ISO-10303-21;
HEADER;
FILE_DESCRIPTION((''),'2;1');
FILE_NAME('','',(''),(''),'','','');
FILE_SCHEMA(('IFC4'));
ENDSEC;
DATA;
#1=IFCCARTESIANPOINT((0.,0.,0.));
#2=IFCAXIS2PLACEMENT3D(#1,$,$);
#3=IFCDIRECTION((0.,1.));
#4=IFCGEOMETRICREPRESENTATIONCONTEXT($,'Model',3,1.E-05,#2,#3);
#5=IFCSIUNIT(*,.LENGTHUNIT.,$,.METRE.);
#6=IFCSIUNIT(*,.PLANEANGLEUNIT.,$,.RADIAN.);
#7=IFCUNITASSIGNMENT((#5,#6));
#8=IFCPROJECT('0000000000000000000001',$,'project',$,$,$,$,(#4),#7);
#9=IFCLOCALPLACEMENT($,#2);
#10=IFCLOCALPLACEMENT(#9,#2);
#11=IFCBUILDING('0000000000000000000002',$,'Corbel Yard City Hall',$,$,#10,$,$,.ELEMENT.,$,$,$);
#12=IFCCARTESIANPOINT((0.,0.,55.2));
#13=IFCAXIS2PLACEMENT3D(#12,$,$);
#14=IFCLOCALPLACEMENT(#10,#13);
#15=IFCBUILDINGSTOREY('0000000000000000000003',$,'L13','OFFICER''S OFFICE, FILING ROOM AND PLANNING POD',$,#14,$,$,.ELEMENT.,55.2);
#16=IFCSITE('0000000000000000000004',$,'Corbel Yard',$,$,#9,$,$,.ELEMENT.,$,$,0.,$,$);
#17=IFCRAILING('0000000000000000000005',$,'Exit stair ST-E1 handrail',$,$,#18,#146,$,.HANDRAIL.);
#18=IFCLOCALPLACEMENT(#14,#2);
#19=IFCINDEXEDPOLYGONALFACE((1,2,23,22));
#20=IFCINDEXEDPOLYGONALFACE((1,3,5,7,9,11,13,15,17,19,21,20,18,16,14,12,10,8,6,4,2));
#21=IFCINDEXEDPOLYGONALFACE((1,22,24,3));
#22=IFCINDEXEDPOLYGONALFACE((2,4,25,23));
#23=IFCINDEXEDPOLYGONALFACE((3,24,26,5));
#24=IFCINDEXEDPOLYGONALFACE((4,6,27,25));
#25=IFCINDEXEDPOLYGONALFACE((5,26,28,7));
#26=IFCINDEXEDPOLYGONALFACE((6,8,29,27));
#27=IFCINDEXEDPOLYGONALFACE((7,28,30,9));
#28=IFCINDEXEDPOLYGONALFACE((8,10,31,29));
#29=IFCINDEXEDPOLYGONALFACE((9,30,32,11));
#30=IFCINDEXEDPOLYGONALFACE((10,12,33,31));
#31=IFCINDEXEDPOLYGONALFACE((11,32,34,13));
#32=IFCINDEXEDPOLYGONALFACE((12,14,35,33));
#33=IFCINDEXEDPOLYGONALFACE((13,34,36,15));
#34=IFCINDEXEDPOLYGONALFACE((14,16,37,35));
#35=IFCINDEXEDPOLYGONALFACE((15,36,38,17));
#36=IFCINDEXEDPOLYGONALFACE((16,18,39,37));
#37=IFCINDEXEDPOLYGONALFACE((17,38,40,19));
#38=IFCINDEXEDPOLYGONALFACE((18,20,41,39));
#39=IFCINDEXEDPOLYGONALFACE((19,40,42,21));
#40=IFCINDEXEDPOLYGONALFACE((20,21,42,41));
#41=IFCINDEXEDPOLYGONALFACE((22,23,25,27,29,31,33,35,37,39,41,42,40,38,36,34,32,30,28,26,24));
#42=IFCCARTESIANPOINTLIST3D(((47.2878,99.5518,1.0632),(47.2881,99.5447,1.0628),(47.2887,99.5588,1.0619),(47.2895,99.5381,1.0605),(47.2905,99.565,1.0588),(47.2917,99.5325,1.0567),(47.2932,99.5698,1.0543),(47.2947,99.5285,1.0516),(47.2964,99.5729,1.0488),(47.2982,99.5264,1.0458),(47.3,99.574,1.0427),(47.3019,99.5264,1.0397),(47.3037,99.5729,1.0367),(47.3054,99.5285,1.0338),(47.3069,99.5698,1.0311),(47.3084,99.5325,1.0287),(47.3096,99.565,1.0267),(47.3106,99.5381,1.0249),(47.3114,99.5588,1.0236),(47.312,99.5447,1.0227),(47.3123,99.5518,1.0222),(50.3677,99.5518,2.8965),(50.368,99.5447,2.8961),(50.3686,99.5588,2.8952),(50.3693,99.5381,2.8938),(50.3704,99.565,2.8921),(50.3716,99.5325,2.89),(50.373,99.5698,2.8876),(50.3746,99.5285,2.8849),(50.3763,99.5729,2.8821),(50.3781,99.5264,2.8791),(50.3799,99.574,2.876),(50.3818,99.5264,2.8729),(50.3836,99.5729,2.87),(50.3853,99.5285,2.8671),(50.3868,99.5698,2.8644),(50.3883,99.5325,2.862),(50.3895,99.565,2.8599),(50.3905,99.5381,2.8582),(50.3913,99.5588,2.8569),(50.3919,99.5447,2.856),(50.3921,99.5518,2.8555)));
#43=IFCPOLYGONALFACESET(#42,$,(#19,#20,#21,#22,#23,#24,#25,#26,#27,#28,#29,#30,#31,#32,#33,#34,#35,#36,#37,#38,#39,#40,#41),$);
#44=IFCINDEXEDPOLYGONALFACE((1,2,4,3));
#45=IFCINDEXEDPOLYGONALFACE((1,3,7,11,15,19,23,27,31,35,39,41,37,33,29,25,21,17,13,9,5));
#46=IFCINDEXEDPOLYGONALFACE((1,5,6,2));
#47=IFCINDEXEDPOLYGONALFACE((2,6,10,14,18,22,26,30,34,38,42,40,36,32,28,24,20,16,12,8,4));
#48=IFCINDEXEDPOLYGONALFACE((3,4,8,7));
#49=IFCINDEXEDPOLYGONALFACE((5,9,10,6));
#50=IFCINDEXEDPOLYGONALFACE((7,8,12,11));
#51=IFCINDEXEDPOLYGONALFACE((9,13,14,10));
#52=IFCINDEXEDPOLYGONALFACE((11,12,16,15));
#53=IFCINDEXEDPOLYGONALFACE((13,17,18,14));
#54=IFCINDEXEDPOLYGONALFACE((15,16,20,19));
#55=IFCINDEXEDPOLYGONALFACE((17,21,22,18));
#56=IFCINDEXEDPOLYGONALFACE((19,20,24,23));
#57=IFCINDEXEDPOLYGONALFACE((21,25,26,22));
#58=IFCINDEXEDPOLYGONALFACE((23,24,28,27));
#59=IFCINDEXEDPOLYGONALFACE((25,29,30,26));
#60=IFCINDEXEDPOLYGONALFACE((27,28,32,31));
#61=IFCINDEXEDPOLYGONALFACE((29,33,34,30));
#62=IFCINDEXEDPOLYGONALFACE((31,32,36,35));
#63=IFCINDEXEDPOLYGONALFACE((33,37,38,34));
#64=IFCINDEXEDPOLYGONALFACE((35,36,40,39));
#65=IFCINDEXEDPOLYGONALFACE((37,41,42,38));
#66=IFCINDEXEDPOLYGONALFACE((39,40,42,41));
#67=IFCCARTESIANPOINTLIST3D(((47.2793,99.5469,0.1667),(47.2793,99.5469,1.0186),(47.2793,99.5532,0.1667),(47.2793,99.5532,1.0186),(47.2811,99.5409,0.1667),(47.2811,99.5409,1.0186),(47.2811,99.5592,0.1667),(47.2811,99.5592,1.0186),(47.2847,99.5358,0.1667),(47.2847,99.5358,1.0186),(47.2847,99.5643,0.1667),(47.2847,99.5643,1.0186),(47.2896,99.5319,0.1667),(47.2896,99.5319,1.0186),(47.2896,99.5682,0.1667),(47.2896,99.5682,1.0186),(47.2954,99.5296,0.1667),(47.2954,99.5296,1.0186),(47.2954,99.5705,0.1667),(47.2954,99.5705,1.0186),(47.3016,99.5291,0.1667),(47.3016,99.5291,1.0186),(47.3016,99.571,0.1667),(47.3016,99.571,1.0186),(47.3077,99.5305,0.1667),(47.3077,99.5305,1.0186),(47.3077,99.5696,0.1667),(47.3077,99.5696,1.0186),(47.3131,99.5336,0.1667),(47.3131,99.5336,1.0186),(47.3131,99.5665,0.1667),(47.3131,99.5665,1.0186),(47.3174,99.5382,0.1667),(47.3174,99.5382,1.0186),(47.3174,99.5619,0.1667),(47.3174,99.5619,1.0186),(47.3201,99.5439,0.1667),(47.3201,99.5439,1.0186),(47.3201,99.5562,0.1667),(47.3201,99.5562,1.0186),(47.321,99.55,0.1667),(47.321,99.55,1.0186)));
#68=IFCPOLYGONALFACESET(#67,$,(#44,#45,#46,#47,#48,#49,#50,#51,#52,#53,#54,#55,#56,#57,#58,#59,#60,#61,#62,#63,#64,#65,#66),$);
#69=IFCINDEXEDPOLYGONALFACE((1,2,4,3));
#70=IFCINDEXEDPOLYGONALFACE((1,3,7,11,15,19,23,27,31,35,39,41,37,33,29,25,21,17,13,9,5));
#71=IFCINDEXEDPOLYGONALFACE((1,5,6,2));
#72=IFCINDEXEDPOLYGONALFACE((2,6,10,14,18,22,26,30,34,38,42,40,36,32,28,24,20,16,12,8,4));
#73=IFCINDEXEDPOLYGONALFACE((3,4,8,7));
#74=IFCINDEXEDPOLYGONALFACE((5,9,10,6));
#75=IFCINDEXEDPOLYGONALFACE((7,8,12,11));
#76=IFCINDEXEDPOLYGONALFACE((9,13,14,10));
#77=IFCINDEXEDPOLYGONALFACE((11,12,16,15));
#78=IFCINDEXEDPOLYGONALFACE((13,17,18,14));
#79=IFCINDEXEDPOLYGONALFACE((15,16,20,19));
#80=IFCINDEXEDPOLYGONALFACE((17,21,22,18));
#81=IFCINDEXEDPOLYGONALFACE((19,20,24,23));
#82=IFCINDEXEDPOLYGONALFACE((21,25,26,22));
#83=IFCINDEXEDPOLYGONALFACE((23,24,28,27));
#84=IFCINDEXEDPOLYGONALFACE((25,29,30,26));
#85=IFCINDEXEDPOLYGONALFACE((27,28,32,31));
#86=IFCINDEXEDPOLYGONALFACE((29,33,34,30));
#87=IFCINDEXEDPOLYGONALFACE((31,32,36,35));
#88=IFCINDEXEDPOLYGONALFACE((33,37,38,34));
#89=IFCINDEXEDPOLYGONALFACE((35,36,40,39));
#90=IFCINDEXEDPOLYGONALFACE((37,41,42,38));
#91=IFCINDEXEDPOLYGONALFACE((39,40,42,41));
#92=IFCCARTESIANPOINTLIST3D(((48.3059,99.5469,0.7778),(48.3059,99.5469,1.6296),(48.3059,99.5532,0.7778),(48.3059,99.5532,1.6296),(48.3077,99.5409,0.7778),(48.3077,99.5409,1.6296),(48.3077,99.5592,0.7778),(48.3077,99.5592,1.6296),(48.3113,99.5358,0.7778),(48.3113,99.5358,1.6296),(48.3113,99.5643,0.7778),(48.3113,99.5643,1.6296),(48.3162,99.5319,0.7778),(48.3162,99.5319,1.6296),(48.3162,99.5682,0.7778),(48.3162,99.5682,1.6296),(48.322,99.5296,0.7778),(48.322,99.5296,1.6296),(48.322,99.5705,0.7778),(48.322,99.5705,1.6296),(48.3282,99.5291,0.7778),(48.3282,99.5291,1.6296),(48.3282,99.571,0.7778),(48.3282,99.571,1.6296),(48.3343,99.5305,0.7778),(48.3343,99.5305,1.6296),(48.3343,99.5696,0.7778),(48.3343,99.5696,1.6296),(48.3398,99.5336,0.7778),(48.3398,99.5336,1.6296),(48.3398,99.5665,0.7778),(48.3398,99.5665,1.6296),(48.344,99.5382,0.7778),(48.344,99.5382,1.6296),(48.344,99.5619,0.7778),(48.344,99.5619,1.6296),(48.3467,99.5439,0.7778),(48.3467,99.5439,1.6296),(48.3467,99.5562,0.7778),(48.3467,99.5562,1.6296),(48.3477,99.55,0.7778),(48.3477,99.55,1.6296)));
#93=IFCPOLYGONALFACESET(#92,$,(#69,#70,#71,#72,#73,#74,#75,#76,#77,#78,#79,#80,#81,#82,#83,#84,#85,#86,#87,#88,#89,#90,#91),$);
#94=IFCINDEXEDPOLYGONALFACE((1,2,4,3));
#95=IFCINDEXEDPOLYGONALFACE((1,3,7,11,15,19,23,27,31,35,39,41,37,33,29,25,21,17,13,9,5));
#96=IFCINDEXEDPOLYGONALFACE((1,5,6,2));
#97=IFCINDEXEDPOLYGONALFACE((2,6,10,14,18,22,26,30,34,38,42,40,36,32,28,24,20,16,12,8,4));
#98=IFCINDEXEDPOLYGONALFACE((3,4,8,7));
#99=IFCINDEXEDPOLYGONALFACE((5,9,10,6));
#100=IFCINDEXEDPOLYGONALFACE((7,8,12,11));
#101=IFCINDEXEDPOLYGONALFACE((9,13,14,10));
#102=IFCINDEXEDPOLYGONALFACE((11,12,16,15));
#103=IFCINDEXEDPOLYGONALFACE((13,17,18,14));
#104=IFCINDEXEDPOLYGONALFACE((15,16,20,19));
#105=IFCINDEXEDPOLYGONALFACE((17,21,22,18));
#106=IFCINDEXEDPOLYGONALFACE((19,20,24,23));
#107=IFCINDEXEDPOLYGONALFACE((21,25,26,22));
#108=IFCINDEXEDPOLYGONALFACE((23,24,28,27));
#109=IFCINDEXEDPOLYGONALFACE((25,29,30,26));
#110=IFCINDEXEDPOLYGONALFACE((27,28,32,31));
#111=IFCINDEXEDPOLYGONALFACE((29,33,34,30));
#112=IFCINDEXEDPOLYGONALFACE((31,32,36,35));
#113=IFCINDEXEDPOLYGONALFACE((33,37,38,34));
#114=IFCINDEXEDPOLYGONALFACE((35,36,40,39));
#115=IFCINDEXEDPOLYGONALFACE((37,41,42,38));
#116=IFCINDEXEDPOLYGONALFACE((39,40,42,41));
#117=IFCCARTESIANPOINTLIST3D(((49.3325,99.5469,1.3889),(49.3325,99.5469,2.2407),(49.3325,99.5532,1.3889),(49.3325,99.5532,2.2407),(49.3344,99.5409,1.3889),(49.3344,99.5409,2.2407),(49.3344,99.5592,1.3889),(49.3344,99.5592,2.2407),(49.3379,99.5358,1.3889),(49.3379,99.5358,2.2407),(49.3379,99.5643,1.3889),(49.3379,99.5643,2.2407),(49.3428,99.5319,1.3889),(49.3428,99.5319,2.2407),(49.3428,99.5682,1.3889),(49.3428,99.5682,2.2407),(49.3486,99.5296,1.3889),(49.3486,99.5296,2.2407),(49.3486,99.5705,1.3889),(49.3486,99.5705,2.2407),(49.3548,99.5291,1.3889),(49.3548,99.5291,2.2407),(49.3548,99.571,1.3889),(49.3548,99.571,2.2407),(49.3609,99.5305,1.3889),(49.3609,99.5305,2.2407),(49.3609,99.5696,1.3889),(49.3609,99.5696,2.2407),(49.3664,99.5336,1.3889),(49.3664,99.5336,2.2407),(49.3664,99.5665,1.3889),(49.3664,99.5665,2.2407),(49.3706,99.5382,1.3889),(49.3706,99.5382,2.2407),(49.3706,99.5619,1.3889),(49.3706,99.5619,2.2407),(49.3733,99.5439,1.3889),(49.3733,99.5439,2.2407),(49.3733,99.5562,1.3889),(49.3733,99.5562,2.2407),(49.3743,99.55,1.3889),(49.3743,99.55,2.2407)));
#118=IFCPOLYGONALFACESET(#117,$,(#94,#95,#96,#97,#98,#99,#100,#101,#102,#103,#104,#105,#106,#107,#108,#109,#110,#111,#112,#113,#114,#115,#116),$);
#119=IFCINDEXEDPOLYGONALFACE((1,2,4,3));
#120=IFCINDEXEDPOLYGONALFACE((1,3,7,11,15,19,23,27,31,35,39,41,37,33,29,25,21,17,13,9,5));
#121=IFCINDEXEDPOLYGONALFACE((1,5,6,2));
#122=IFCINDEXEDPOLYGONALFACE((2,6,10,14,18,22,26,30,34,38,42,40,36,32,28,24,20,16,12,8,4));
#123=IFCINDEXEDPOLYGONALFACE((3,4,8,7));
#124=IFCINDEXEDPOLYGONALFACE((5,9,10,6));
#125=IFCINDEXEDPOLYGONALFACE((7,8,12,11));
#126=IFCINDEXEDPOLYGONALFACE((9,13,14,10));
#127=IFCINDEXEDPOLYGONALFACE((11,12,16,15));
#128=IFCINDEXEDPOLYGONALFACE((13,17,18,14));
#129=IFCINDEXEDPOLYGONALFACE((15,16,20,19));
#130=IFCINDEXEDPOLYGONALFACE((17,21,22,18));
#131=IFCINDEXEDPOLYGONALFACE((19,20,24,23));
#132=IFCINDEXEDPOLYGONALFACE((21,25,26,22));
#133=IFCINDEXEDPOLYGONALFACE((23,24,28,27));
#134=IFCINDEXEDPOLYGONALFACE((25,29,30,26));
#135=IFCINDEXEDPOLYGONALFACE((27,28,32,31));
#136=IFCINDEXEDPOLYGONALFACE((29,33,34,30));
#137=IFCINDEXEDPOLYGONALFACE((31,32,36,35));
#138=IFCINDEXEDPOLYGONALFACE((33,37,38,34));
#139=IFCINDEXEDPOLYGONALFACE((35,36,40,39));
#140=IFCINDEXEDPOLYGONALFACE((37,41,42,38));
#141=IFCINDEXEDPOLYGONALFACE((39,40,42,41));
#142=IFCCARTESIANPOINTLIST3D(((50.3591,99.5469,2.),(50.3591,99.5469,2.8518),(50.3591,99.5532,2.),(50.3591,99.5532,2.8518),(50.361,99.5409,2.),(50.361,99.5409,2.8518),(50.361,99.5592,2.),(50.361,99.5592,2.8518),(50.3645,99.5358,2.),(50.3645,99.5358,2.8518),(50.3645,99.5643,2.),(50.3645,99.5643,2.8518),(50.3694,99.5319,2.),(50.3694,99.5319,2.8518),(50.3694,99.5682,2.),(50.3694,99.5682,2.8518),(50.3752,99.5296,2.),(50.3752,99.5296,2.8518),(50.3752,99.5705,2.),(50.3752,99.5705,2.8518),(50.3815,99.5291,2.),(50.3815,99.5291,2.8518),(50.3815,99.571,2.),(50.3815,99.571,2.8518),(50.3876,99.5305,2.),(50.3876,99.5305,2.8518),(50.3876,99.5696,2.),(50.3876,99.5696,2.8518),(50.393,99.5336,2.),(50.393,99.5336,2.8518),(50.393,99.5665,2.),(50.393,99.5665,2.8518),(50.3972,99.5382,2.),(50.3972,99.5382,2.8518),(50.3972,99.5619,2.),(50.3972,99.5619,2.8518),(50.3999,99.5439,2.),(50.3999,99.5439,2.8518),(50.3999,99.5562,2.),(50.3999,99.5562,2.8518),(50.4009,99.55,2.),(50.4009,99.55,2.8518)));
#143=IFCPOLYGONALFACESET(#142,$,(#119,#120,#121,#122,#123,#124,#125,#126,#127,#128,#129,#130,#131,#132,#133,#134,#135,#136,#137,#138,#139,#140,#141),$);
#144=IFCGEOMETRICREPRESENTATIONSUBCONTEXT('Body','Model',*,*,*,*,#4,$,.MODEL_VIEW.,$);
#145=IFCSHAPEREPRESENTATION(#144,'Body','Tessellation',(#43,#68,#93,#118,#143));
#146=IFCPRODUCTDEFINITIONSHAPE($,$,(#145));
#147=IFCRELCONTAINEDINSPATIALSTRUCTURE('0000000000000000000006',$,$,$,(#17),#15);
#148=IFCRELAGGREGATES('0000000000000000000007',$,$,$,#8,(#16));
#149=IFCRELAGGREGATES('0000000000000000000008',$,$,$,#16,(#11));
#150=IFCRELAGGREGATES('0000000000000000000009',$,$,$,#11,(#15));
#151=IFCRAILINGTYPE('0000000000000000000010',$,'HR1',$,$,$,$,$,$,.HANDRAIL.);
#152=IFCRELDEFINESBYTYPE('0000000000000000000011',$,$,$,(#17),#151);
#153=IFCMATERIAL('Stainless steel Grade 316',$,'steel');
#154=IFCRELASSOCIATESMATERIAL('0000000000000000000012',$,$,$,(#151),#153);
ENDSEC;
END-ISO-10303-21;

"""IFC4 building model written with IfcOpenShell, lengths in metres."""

from ifc_helpers import new_model, si_unit, direction, frame, origin, origin_2d, place, context, subcontext, project, spatial, circle, extrude, material, type_object, element, save


model = new_model("IFC4")

# Units and contexts
model_context = context("Model", 3, precision=1e-05, world=origin(), true_north=direction((0.0, 1.0)))
body_context = subcontext(model_context, "Body", "Model", "MODEL_VIEW")
ifc_project = project(units=[si_unit("LENGTHUNIT", "METRE"), si_unit("PLANEANGLEUNIT", "RADIAN")], contexts=[model_context])

# Site, building, storey
site_placement = place(None, origin())
site = spatial("IfcSite", under=ifc_project, at=site_placement, Name="Corbel Yard", CompositionType="ELEMENT", RefElevation=0.0)
building_placement = place(site_placement, origin())
building = spatial("IfcBuilding", under=site, at=building_placement, Name="Corbel Yard City Hall", CompositionType="ELEMENT")
storey_placement = place(building_placement, frame((0.0, 0.0, 55.2)))
storey = spatial("IfcBuildingStorey", under=building, at=storey_placement, Name="L13", Description="OFFICER'S OFFICE, FILING ROOM AND PLANNING POD", CompositionType="ELEMENT", Elevation=55.2)

# Railing
ifc_material_1 = material(Name="Stainless steel Grade 316", Category="steel")
railing_type = type_object("IfcRailingType", Name="HR1", PredefinedType="HANDRAIL", material=ifc_material_1)
for number, where, name in (
    (1, (47.3, 99.55, 0.1667), "Exit stair ST-E1 handrail"),
):
    element("IfcRailing", number, at=place(storey_placement, frame(where)), inside=storey, type_object=railing_type, Name=name, PredefinedType="HANDRAIL", context=body_context, shape_type="SweptSolid", body=[
        extrude(circle(Radius=0.0239, at=origin_2d()), frame((0.0, 0.0, 0.876), z_axis=(0.859291, 0.0, 0.511487), x_axis=(0.0, 1.0, 0.0)), (0.0, 0.0, 1.0), 3.5842),
        extrude(circle(Radius=0.021, at=origin_2d()), origin(), (0.0, 0.0, 1.0), 0.8518),
        extrude(circle(Radius=0.021, at=origin_2d()), frame((1.0266, 0.0, 0.6111)), (0.0, 0.0, 1.0), 0.8518),
        extrude(circle(Radius=0.021, at=origin_2d()), frame((2.0532, 0.0, 1.2222)), (0.0, 0.0, 1.0), 0.8518),
        extrude(circle(Radius=0.021, at=origin_2d()), frame((3.0798, 0.0, 1.8333)), (0.0, 0.0, 1.0), 0.8518),
    ])

save(model, "model.ifc")
